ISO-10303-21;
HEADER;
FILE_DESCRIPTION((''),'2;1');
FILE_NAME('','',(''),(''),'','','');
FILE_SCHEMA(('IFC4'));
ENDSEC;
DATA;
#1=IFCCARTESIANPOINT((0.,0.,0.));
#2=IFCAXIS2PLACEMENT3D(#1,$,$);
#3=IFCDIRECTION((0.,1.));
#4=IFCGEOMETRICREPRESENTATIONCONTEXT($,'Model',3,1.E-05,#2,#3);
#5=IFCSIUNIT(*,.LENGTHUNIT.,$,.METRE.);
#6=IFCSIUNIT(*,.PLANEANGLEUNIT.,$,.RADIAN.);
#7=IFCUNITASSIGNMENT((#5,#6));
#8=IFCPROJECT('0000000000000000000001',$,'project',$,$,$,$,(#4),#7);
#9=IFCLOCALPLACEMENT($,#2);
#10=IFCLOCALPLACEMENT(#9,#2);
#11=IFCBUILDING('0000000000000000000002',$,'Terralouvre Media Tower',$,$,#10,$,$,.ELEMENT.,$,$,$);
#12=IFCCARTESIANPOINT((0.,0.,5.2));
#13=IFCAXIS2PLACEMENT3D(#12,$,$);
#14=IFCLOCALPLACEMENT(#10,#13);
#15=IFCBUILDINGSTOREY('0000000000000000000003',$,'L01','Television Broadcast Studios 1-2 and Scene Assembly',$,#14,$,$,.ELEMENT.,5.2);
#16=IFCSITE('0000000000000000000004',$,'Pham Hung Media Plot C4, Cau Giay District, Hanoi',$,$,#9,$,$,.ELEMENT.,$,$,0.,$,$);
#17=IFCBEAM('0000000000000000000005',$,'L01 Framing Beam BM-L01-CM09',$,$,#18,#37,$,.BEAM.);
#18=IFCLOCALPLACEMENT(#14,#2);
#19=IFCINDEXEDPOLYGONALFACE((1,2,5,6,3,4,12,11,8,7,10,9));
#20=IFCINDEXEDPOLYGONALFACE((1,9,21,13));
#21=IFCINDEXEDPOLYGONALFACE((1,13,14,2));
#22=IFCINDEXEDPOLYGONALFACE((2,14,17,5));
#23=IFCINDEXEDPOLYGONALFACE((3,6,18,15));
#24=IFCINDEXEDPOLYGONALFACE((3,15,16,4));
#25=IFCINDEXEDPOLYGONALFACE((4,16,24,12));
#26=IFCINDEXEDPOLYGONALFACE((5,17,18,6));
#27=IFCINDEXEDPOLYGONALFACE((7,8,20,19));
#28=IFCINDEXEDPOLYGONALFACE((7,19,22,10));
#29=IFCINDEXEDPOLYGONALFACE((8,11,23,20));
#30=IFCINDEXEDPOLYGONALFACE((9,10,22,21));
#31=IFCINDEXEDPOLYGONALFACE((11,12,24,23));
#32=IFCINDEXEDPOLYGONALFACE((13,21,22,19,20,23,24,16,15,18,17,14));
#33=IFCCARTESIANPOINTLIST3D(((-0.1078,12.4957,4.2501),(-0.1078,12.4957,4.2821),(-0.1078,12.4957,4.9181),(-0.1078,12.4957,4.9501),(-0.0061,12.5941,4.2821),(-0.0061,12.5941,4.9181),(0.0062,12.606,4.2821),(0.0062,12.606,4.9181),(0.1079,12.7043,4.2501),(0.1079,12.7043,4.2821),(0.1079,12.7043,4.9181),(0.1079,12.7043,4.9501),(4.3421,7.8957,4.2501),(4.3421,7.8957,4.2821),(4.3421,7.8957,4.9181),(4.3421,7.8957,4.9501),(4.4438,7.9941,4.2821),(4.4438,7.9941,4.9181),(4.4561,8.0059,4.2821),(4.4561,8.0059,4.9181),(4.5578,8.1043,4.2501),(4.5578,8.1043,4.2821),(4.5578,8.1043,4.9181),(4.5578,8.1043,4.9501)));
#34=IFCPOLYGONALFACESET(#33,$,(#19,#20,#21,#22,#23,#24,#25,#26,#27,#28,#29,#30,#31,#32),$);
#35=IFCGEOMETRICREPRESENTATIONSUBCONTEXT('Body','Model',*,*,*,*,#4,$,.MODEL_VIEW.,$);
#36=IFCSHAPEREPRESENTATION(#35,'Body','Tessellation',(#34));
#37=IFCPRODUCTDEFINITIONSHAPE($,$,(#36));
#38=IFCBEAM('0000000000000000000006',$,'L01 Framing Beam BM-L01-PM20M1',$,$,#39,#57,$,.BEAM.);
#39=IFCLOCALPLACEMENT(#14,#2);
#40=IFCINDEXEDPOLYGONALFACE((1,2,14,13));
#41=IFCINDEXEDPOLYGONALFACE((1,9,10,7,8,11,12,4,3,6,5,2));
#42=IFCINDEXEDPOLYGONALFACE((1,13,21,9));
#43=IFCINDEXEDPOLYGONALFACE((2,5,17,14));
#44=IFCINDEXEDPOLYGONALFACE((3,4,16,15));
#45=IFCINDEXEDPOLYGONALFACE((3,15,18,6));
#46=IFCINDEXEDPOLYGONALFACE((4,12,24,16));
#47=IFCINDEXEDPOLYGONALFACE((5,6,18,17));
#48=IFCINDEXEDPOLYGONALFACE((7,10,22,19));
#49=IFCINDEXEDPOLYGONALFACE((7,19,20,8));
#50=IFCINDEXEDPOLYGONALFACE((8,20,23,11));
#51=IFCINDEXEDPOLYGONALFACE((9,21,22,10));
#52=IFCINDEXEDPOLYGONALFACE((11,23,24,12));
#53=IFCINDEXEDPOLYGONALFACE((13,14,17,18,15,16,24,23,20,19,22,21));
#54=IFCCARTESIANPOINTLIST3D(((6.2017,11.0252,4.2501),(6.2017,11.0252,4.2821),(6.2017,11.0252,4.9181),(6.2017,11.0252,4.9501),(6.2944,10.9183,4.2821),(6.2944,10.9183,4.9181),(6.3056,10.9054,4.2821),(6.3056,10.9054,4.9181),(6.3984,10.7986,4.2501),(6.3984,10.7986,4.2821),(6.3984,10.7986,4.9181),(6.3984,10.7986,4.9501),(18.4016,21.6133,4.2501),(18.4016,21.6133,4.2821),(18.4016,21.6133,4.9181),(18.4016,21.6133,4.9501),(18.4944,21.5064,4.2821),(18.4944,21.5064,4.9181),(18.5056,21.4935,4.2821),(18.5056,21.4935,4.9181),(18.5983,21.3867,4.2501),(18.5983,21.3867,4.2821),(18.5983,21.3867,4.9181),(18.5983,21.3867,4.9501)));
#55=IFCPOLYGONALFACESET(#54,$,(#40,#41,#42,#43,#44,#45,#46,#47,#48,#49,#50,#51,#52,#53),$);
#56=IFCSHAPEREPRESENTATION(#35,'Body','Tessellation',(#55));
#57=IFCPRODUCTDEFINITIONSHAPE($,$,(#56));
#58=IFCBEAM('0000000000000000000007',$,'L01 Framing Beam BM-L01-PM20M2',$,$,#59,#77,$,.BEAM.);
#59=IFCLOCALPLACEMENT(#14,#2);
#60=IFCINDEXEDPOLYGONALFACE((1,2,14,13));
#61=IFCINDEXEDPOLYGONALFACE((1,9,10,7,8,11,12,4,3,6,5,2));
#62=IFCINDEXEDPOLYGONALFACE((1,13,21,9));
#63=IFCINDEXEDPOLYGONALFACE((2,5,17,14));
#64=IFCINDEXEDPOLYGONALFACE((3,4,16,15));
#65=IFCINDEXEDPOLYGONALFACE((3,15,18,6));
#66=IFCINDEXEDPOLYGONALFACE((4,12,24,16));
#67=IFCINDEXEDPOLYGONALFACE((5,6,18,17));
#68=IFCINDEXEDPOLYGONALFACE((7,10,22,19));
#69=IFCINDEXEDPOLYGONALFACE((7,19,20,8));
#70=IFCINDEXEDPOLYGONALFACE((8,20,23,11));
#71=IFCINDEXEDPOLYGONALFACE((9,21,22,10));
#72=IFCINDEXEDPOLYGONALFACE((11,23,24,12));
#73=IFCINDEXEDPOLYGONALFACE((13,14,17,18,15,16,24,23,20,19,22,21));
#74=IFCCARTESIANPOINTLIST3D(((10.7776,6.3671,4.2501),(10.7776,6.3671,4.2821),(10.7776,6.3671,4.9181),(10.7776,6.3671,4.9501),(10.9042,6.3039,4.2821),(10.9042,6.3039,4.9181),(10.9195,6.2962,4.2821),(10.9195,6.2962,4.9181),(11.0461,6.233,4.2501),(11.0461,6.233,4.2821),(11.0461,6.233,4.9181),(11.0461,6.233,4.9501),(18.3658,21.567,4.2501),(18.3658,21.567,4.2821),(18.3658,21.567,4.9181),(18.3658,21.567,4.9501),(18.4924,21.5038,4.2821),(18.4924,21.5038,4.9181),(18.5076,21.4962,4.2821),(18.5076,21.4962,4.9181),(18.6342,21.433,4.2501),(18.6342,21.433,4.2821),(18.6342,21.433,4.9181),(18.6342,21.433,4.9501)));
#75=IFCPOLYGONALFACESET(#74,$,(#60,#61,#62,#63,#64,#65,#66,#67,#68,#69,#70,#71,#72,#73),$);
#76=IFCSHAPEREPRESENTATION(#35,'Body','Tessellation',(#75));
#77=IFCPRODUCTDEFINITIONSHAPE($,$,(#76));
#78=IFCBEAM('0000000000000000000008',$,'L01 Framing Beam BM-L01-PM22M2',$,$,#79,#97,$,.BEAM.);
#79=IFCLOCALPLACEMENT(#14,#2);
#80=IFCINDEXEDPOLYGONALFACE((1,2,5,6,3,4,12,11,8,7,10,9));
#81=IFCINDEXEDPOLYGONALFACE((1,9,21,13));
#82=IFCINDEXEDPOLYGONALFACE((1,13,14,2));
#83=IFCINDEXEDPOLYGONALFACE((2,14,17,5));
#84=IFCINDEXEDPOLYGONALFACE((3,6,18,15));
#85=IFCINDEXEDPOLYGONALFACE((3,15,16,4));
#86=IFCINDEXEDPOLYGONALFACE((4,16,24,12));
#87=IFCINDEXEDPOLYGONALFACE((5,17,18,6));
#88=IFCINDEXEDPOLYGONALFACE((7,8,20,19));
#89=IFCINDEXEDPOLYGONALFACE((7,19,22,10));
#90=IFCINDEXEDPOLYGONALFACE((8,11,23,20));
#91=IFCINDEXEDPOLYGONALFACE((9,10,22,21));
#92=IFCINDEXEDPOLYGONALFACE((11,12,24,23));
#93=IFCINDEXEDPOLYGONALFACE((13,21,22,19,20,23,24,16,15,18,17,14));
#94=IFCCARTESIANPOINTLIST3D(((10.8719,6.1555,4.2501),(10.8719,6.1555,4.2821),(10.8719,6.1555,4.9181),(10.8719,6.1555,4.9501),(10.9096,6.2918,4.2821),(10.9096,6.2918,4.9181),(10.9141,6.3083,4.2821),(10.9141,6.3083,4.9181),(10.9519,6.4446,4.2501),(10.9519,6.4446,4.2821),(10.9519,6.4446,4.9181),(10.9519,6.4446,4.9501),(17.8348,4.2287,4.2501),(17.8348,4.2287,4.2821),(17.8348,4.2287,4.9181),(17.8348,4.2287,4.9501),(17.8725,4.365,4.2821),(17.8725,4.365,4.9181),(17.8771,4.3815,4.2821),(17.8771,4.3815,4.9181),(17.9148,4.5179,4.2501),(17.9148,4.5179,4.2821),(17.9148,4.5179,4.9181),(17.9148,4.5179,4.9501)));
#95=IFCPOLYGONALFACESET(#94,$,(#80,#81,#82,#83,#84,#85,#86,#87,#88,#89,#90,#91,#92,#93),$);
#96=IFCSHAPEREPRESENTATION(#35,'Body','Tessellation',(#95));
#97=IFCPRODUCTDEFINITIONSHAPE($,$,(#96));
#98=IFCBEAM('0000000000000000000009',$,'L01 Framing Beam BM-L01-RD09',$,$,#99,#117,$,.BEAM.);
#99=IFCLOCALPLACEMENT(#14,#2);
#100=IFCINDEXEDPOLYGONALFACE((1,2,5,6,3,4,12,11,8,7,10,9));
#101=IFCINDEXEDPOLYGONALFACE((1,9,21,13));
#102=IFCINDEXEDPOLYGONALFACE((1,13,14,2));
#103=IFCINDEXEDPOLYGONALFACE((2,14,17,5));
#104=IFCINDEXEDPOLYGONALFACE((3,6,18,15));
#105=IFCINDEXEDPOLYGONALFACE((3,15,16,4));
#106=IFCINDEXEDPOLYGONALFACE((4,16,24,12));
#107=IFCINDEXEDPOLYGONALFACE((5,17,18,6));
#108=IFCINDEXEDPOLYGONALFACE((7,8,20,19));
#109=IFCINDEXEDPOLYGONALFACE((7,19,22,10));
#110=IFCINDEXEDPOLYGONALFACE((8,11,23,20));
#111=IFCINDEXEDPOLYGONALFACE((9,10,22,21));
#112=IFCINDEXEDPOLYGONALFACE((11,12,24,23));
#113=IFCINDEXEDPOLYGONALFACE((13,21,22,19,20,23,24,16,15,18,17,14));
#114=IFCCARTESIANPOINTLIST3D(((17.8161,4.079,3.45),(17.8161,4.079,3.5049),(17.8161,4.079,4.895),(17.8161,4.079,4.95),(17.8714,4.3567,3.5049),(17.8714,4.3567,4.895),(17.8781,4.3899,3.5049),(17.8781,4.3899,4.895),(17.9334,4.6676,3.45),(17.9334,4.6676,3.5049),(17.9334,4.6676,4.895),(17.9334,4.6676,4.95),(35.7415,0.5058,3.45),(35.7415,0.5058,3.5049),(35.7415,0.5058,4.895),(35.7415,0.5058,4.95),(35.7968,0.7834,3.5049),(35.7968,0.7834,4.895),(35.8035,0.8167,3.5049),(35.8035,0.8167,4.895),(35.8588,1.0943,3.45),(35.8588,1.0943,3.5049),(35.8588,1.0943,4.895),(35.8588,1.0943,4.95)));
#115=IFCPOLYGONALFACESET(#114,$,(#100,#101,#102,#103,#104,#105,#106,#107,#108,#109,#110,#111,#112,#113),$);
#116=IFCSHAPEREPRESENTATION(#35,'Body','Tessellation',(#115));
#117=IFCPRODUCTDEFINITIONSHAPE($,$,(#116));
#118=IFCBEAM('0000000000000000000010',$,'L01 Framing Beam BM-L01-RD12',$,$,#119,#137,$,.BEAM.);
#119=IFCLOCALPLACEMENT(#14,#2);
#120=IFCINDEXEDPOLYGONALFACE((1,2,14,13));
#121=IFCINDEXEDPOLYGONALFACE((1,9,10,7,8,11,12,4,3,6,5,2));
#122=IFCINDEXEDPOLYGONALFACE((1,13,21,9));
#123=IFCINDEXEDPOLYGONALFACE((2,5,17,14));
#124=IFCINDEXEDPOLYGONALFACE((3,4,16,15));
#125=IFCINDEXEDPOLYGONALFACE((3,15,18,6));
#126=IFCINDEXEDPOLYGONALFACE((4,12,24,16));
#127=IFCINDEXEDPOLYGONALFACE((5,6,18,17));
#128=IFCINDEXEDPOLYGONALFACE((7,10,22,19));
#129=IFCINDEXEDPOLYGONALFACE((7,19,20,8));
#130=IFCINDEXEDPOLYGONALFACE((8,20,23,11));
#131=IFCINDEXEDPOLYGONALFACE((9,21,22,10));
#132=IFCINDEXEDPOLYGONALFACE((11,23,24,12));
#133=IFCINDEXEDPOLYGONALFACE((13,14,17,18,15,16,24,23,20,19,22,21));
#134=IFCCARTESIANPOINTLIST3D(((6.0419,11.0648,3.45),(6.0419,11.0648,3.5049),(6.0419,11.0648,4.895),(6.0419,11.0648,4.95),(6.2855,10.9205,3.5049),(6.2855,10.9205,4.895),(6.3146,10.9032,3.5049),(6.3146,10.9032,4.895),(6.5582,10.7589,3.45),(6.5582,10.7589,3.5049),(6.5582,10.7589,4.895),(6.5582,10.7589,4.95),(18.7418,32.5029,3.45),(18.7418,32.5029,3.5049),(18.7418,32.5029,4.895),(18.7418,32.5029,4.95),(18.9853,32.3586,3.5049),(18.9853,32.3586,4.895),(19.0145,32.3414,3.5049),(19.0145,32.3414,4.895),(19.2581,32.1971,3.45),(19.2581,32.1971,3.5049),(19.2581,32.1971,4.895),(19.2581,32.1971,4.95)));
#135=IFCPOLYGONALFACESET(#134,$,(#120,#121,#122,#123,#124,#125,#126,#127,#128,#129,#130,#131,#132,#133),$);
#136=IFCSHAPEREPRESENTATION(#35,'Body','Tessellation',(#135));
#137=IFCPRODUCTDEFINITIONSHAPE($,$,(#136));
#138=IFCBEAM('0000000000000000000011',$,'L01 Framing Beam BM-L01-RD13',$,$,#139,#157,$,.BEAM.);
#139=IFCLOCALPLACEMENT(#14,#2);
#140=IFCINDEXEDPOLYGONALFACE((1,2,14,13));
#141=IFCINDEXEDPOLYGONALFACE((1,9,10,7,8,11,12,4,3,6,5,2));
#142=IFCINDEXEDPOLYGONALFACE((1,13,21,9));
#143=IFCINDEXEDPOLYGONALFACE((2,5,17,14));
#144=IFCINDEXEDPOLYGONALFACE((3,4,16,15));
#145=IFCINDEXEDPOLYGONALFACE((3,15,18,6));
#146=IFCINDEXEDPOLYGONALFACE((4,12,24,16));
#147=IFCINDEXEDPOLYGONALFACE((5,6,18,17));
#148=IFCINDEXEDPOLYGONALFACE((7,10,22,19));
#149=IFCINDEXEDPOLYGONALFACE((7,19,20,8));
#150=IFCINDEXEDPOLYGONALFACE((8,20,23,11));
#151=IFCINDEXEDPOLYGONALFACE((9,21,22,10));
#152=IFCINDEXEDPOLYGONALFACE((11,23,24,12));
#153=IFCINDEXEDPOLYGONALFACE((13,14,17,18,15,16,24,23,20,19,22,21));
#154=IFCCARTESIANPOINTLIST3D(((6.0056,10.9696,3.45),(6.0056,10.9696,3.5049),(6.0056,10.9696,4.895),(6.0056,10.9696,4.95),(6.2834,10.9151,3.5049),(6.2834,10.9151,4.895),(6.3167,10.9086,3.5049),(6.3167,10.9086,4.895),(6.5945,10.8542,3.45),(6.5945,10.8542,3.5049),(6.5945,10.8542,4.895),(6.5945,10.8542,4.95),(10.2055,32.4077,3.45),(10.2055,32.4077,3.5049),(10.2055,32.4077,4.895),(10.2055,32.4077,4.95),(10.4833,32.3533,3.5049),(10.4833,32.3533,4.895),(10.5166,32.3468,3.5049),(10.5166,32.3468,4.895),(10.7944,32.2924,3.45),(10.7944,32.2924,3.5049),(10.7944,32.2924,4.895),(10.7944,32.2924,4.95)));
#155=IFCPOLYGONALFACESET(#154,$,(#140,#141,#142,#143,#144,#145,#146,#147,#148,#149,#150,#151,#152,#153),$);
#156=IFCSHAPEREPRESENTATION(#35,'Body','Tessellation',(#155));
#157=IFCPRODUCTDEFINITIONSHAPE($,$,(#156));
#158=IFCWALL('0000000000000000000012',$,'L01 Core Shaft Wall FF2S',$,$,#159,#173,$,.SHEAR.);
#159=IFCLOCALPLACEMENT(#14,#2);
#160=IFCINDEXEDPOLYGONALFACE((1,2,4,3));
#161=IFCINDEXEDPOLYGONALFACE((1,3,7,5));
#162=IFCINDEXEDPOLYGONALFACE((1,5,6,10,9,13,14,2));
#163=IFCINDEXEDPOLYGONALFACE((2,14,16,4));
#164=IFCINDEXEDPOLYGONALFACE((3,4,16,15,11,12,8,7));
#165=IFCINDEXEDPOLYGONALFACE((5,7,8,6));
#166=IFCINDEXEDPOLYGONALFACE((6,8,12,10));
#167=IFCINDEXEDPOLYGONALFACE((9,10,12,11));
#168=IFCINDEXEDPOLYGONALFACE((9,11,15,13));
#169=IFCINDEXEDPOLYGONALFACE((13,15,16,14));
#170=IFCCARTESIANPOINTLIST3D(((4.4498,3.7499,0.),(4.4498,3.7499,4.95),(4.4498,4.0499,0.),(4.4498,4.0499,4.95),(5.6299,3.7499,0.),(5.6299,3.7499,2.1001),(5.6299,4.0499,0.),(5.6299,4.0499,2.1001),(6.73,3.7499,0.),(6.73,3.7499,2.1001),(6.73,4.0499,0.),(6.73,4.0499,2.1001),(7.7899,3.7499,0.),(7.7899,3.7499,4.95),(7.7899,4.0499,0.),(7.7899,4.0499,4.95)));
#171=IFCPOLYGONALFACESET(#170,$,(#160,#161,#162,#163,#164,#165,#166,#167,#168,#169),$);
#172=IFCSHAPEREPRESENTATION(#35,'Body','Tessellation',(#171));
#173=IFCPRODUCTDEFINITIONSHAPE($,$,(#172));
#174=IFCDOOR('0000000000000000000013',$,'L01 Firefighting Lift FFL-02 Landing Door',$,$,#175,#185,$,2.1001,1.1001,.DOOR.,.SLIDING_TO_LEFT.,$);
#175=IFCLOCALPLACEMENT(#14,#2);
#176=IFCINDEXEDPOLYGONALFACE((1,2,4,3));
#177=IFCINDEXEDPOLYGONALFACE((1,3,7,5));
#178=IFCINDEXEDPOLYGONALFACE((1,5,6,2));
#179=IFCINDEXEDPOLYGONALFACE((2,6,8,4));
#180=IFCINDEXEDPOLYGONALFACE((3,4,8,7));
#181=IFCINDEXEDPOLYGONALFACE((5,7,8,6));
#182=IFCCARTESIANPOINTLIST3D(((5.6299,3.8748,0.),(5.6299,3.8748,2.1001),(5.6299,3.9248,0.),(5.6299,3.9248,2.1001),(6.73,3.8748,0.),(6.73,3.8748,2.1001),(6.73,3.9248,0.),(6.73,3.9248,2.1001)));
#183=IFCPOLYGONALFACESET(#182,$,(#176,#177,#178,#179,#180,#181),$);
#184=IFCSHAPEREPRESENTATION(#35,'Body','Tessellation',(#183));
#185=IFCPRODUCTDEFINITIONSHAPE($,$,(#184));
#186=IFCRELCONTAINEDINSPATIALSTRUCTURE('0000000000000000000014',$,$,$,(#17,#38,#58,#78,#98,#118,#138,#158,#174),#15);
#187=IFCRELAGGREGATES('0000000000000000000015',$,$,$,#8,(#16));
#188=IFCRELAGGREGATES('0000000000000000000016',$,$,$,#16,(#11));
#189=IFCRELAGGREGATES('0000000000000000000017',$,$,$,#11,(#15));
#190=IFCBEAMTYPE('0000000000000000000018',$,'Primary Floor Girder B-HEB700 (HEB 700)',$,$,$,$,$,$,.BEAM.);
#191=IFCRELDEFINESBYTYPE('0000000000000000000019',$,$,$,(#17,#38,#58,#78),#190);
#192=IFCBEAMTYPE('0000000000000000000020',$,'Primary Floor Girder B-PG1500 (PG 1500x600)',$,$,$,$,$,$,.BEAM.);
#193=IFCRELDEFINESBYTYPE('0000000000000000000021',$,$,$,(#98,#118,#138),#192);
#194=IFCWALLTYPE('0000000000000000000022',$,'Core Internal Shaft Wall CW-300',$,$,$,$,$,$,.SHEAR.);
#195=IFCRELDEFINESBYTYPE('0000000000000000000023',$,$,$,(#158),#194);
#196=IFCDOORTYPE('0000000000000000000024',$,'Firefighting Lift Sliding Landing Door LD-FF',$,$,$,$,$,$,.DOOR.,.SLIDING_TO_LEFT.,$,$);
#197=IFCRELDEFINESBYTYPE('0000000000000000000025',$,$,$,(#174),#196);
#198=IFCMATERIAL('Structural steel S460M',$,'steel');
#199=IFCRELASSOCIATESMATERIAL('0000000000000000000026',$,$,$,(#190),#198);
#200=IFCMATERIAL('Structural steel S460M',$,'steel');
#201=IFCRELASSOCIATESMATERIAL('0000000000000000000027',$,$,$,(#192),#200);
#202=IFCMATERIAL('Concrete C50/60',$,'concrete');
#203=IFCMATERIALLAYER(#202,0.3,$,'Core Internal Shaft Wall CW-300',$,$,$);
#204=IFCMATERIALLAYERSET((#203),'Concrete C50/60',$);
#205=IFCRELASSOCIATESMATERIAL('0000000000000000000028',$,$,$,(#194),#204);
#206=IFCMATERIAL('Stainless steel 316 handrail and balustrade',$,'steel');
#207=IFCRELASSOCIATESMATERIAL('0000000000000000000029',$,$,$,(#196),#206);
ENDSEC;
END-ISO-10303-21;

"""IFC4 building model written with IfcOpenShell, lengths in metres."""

from ifc_helpers import new_model, si_unit, direction, frame, frame_2d, origin, origin_2d, place, context, subcontext, project, spatial, rectangle, i_section, extrude, material, layer, layer_set, material_profile, profile_set, type_object, element, fill, save


model = new_model("IFC4")

# Units and contexts
model_context = context("Model", 3, precision=1e-05, world=origin(), true_north=direction((0.0, 1.0)))
body_context = subcontext(model_context, "Body", "Model", "MODEL_VIEW")
ifc_project = project(units=[si_unit("LENGTHUNIT", "METRE"), si_unit("PLANEANGLEUNIT", "RADIAN")], contexts=[model_context])

# Site, building, storey
site_placement = place(None, origin())
site = spatial("IfcSite", under=ifc_project, at=site_placement, Name="Pham Hung Media Plot C4, Cau Giay District, Hanoi", CompositionType="ELEMENT", RefElevation=0.0)
building_placement = place(site_placement, origin())
building = spatial("IfcBuilding", under=site, at=building_placement, Name="Terralouvre Media Tower", CompositionType="ELEMENT")
storey_placement = place(building_placement, frame((0.0, 0.0, 5.2)))
storey = spatial("IfcBuildingStorey", under=building, at=storey_placement, Name="L01", Description="Television Broadcast Studios 1-2 and Scene Assembly", CompositionType="ELEMENT", Elevation=5.2)

# Beams
ifc_material_1 = material(Name="Structural steel S460M", Category="steel")
ifc_material_profile_1 = material_profile(ifc_material_1, i_section(OverallWidth=0.3, OverallDepth=0.7, WebThickness=0.0171, FlangeThickness=0.032, at=origin_2d()), Name="HEB 700")
ifc_profile_set_1 = profile_set([ifc_material_profile_1], Name="Structural steel S460M")
beam_type_1 = type_object("IfcBeamType", Name="Primary Floor Girder B-HEB700 (HEB 700)", PredefinedType="BEAM", material=ifc_profile_set_1)
beam_1_placement = place(storey_placement, frame((4.45, 8.0, 4.6001), z_axis=(-0.69528, 0.718739, 0.0), x_axis=(-0.718739, -0.69528, 0.0)))
element("IfcBeam", 1, at=beam_1_placement, inside=storey, type_object=beam_type_1, Name="L01 Framing Beam BM-L01-CM09", PredefinedType="BEAM", context=body_context, shape_type="SweptSolid", body=[
    extrude(i_section(OverallWidth=0.3, OverallDepth=0.7, WebThickness=0.0171, FlangeThickness=0.032, at=origin_2d()), origin(), (0.0, 0.0, 1.0), 6.4001),
])
beam_2_placement = place(storey_placement, frame((6.3, 10.9119, 4.6001), z_axis=(0.755234, 0.655455, 0.0), x_axis=(-0.655455, 0.755234, 0.0)))
element("IfcBeam", 2, at=beam_2_placement, inside=storey, type_object=beam_type_1, Name="L01 Framing Beam BM-L01-PM20M1", PredefinedType="BEAM", context=body_context, shape_type="SweptSolid", body=[
    extrude(i_section(OverallWidth=0.3, OverallDepth=0.7, WebThickness=0.0171, FlangeThickness=0.032, at=origin_2d()), origin(), (0.0, 0.0, 1.0), 16.1538),
])
beam_3_placement = place(storey_placement, frame((10.9119, 6.3, 4.6001), z_axis=(0.446656, 0.894706, 0.0), x_axis=(-0.894706, 0.446656, 0.0)))
element("IfcBeam", 3, at=beam_3_placement, inside=storey, type_object=beam_type_1, Name="L01 Framing Beam BM-L01-PM20M2", PredefinedType="BEAM", context=body_context, shape_type="SweptSolid", body=[
    extrude(i_section(OverallWidth=0.3, OverallDepth=0.7, WebThickness=0.0171, FlangeThickness=0.032, at=origin_2d()), origin(), (0.0, 0.0, 1.0), 16.9888),
])
beam_4_placement = place(storey_placement, frame((10.9119, 6.3, 4.6001), z_axis=(0.963781, -0.266696, 0.0), x_axis=(0.266696, 0.963781, 0.0)))
element("IfcBeam", 4, at=beam_4_placement, inside=storey, type_object=beam_type_1, Name="L01 Framing Beam BM-L01-PM22M2", PredefinedType="BEAM", context=body_context, shape_type="SweptSolid", body=[
    extrude(i_section(OverallWidth=0.3, OverallDepth=0.7, WebThickness=0.0171, FlangeThickness=0.032, at=origin_2d()), origin(), (0.0, 0.0, 1.0), 7.2246),
])
ifc_material_2 = material(Name="Structural steel S460M", Category="steel")
ifc_material_profile_2 = material_profile(ifc_material_2, i_section(OverallWidth=0.6001, OverallDepth=1.5, WebThickness=0.0339, FlangeThickness=0.0549, at=origin_2d()), Name="PG 1500x600")
ifc_profile_set_2 = profile_set([ifc_material_profile_2], Name="Structural steel S460M")
beam_type_2 = type_object("IfcBeamType", Name="Primary Floor Girder B-PG1500 (PG 1500x600)", PredefinedType="BEAM", material=ifc_profile_set_2)
beam_5_placement = place(storey_placement, frame((17.8748, 4.3733, 4.2), z_axis=(0.980705, -0.195494, 0.0), x_axis=(0.195494, 0.980705, 0.0)))
element("IfcBeam", 5, at=beam_5_placement, inside=storey, type_object=beam_type_2, Name="L01 Framing Beam BM-L01-RD09", PredefinedType="BEAM", context=body_context, shape_type="SweptSolid", body=[
    extrude(i_section(OverallWidth=0.6001, OverallDepth=1.5, WebThickness=0.0339, FlangeThickness=0.0549, at=origin_2d()), origin(), (0.0, 0.0, 1.0), 18.2781),
])
beam_6_placement = place(storey_placement, frame((6.3, 10.9119, 4.2), z_axis=(0.509678, 0.860365, 0.0), x_axis=(-0.860365, 0.509678, 0.0)))
element("IfcBeam", 6, at=beam_6_placement, inside=storey, type_object=beam_type_2, Name="L01 Framing Beam BM-L01-RD12", PredefinedType="BEAM", context=body_context, shape_type="SweptSolid", body=[
    extrude(i_section(OverallWidth=0.6001, OverallDepth=1.5, WebThickness=0.0339, FlangeThickness=0.0549, at=origin_2d()), origin(), (0.0, 0.0, 1.0), 24.9175),
])
beam_7_placement = place(storey_placement, frame((6.3, 10.9119, 4.2), z_axis=(0.192255, 0.981345, 0.0), x_axis=(-0.981345, 0.192255, 0.0)))
element("IfcBeam", 7, at=beam_7_placement, inside=storey, type_object=beam_type_2, Name="L01 Framing Beam BM-L01-RD13", PredefinedType="BEAM", context=body_context, shape_type="SweptSolid", body=[
    extrude(i_section(OverallWidth=0.6001, OverallDepth=1.5, WebThickness=0.0339, FlangeThickness=0.0549, at=origin_2d()), origin(), (0.0, 0.0, 1.0), 21.8457),
])

# Wall, opening, door
ifc_material_3 = material(Name="Concrete C50/60", Category="concrete")
ifc_layer_1 = layer(ifc_material_3, 0.3, Name="Core Internal Shaft Wall CW-300")
ifc_layer_set_1 = layer_set([ifc_layer_1], Name="Concrete C50/60")
wall_type_1 = type_object("IfcWallType", Name="Core Internal Shaft Wall CW-300", PredefinedType="SHEAR", material=ifc_layer_set_1)
wall_1_placement = place(storey_placement, frame((4.45, 3.8999, 0.0), z_axis=(0.0, 0.0, 1.0), x_axis=(1.0, 0.0, 0.0)))
wall_1 = element("IfcWall", 8, at=wall_1_placement, inside=storey, type_object=wall_type_1, Name="L01 Core Shaft Wall FF2S", PredefinedType="SHEAR", context=body_context, shape_type="SweptSolid", body=[
    extrude(rectangle(XDim=3.3401, YDim=0.3, at=frame_2d((1.6699, 0.0))), origin(), (0.0, 0.0, 1.0), 4.95),
])
opening_1_placement = place(wall_1_placement, frame((1.1799, 0.0, 0.0)))
opening_1 = element("IfcOpeningElement", 9, at=opening_1_placement, cuts=wall_1, PredefinedType="OPENING", context=body_context, shape_type="SweptSolid", body=[
    extrude(rectangle(XDim=1.1001, YDim=2.1001, at=frame_2d((0.55, 1.05))), frame((0.0, 0.1599, 0.0), z_axis=(0.0, -1.0, 0.0), x_axis=(1.0, 0.0, 0.0)), (0.0, 0.0, 1.0), 0.3201),
])
ifc_material_4 = material(Name="Stainless steel 316 handrail and balustrade", Category="steel")
door_type_1 = type_object("IfcDoorType", Name="Firefighting Lift Sliding Landing Door LD-FF", OperationType="SLIDING_TO_LEFT", PredefinedType="DOOR", material=ifc_material_4)
door_1_placement = place(opening_1_placement, origin())
door_1 = element("IfcDoor", 10, at=door_1_placement, inside=storey, type_object=door_type_1, Name="L01 Firefighting Lift FFL-02 Landing Door", OperationType="SLIDING_TO_LEFT", OverallHeight=2.1001, OverallWidth=1.1001, PredefinedType="DOOR", context=body_context, shape_type="SweptSolid", body=[
    extrude(rectangle(XDim=1.1001, YDim=2.1001, at=frame_2d((0.55, 1.05))), frame((0.0, 0.0249, 0.0), z_axis=(0.0, -1.0, 0.0), x_axis=(1.0, 0.0, 0.0)), (0.0, 0.0, 1.0), 0.05),
])
fill(opening_1, door_1)

save(model, "model.ifc")
